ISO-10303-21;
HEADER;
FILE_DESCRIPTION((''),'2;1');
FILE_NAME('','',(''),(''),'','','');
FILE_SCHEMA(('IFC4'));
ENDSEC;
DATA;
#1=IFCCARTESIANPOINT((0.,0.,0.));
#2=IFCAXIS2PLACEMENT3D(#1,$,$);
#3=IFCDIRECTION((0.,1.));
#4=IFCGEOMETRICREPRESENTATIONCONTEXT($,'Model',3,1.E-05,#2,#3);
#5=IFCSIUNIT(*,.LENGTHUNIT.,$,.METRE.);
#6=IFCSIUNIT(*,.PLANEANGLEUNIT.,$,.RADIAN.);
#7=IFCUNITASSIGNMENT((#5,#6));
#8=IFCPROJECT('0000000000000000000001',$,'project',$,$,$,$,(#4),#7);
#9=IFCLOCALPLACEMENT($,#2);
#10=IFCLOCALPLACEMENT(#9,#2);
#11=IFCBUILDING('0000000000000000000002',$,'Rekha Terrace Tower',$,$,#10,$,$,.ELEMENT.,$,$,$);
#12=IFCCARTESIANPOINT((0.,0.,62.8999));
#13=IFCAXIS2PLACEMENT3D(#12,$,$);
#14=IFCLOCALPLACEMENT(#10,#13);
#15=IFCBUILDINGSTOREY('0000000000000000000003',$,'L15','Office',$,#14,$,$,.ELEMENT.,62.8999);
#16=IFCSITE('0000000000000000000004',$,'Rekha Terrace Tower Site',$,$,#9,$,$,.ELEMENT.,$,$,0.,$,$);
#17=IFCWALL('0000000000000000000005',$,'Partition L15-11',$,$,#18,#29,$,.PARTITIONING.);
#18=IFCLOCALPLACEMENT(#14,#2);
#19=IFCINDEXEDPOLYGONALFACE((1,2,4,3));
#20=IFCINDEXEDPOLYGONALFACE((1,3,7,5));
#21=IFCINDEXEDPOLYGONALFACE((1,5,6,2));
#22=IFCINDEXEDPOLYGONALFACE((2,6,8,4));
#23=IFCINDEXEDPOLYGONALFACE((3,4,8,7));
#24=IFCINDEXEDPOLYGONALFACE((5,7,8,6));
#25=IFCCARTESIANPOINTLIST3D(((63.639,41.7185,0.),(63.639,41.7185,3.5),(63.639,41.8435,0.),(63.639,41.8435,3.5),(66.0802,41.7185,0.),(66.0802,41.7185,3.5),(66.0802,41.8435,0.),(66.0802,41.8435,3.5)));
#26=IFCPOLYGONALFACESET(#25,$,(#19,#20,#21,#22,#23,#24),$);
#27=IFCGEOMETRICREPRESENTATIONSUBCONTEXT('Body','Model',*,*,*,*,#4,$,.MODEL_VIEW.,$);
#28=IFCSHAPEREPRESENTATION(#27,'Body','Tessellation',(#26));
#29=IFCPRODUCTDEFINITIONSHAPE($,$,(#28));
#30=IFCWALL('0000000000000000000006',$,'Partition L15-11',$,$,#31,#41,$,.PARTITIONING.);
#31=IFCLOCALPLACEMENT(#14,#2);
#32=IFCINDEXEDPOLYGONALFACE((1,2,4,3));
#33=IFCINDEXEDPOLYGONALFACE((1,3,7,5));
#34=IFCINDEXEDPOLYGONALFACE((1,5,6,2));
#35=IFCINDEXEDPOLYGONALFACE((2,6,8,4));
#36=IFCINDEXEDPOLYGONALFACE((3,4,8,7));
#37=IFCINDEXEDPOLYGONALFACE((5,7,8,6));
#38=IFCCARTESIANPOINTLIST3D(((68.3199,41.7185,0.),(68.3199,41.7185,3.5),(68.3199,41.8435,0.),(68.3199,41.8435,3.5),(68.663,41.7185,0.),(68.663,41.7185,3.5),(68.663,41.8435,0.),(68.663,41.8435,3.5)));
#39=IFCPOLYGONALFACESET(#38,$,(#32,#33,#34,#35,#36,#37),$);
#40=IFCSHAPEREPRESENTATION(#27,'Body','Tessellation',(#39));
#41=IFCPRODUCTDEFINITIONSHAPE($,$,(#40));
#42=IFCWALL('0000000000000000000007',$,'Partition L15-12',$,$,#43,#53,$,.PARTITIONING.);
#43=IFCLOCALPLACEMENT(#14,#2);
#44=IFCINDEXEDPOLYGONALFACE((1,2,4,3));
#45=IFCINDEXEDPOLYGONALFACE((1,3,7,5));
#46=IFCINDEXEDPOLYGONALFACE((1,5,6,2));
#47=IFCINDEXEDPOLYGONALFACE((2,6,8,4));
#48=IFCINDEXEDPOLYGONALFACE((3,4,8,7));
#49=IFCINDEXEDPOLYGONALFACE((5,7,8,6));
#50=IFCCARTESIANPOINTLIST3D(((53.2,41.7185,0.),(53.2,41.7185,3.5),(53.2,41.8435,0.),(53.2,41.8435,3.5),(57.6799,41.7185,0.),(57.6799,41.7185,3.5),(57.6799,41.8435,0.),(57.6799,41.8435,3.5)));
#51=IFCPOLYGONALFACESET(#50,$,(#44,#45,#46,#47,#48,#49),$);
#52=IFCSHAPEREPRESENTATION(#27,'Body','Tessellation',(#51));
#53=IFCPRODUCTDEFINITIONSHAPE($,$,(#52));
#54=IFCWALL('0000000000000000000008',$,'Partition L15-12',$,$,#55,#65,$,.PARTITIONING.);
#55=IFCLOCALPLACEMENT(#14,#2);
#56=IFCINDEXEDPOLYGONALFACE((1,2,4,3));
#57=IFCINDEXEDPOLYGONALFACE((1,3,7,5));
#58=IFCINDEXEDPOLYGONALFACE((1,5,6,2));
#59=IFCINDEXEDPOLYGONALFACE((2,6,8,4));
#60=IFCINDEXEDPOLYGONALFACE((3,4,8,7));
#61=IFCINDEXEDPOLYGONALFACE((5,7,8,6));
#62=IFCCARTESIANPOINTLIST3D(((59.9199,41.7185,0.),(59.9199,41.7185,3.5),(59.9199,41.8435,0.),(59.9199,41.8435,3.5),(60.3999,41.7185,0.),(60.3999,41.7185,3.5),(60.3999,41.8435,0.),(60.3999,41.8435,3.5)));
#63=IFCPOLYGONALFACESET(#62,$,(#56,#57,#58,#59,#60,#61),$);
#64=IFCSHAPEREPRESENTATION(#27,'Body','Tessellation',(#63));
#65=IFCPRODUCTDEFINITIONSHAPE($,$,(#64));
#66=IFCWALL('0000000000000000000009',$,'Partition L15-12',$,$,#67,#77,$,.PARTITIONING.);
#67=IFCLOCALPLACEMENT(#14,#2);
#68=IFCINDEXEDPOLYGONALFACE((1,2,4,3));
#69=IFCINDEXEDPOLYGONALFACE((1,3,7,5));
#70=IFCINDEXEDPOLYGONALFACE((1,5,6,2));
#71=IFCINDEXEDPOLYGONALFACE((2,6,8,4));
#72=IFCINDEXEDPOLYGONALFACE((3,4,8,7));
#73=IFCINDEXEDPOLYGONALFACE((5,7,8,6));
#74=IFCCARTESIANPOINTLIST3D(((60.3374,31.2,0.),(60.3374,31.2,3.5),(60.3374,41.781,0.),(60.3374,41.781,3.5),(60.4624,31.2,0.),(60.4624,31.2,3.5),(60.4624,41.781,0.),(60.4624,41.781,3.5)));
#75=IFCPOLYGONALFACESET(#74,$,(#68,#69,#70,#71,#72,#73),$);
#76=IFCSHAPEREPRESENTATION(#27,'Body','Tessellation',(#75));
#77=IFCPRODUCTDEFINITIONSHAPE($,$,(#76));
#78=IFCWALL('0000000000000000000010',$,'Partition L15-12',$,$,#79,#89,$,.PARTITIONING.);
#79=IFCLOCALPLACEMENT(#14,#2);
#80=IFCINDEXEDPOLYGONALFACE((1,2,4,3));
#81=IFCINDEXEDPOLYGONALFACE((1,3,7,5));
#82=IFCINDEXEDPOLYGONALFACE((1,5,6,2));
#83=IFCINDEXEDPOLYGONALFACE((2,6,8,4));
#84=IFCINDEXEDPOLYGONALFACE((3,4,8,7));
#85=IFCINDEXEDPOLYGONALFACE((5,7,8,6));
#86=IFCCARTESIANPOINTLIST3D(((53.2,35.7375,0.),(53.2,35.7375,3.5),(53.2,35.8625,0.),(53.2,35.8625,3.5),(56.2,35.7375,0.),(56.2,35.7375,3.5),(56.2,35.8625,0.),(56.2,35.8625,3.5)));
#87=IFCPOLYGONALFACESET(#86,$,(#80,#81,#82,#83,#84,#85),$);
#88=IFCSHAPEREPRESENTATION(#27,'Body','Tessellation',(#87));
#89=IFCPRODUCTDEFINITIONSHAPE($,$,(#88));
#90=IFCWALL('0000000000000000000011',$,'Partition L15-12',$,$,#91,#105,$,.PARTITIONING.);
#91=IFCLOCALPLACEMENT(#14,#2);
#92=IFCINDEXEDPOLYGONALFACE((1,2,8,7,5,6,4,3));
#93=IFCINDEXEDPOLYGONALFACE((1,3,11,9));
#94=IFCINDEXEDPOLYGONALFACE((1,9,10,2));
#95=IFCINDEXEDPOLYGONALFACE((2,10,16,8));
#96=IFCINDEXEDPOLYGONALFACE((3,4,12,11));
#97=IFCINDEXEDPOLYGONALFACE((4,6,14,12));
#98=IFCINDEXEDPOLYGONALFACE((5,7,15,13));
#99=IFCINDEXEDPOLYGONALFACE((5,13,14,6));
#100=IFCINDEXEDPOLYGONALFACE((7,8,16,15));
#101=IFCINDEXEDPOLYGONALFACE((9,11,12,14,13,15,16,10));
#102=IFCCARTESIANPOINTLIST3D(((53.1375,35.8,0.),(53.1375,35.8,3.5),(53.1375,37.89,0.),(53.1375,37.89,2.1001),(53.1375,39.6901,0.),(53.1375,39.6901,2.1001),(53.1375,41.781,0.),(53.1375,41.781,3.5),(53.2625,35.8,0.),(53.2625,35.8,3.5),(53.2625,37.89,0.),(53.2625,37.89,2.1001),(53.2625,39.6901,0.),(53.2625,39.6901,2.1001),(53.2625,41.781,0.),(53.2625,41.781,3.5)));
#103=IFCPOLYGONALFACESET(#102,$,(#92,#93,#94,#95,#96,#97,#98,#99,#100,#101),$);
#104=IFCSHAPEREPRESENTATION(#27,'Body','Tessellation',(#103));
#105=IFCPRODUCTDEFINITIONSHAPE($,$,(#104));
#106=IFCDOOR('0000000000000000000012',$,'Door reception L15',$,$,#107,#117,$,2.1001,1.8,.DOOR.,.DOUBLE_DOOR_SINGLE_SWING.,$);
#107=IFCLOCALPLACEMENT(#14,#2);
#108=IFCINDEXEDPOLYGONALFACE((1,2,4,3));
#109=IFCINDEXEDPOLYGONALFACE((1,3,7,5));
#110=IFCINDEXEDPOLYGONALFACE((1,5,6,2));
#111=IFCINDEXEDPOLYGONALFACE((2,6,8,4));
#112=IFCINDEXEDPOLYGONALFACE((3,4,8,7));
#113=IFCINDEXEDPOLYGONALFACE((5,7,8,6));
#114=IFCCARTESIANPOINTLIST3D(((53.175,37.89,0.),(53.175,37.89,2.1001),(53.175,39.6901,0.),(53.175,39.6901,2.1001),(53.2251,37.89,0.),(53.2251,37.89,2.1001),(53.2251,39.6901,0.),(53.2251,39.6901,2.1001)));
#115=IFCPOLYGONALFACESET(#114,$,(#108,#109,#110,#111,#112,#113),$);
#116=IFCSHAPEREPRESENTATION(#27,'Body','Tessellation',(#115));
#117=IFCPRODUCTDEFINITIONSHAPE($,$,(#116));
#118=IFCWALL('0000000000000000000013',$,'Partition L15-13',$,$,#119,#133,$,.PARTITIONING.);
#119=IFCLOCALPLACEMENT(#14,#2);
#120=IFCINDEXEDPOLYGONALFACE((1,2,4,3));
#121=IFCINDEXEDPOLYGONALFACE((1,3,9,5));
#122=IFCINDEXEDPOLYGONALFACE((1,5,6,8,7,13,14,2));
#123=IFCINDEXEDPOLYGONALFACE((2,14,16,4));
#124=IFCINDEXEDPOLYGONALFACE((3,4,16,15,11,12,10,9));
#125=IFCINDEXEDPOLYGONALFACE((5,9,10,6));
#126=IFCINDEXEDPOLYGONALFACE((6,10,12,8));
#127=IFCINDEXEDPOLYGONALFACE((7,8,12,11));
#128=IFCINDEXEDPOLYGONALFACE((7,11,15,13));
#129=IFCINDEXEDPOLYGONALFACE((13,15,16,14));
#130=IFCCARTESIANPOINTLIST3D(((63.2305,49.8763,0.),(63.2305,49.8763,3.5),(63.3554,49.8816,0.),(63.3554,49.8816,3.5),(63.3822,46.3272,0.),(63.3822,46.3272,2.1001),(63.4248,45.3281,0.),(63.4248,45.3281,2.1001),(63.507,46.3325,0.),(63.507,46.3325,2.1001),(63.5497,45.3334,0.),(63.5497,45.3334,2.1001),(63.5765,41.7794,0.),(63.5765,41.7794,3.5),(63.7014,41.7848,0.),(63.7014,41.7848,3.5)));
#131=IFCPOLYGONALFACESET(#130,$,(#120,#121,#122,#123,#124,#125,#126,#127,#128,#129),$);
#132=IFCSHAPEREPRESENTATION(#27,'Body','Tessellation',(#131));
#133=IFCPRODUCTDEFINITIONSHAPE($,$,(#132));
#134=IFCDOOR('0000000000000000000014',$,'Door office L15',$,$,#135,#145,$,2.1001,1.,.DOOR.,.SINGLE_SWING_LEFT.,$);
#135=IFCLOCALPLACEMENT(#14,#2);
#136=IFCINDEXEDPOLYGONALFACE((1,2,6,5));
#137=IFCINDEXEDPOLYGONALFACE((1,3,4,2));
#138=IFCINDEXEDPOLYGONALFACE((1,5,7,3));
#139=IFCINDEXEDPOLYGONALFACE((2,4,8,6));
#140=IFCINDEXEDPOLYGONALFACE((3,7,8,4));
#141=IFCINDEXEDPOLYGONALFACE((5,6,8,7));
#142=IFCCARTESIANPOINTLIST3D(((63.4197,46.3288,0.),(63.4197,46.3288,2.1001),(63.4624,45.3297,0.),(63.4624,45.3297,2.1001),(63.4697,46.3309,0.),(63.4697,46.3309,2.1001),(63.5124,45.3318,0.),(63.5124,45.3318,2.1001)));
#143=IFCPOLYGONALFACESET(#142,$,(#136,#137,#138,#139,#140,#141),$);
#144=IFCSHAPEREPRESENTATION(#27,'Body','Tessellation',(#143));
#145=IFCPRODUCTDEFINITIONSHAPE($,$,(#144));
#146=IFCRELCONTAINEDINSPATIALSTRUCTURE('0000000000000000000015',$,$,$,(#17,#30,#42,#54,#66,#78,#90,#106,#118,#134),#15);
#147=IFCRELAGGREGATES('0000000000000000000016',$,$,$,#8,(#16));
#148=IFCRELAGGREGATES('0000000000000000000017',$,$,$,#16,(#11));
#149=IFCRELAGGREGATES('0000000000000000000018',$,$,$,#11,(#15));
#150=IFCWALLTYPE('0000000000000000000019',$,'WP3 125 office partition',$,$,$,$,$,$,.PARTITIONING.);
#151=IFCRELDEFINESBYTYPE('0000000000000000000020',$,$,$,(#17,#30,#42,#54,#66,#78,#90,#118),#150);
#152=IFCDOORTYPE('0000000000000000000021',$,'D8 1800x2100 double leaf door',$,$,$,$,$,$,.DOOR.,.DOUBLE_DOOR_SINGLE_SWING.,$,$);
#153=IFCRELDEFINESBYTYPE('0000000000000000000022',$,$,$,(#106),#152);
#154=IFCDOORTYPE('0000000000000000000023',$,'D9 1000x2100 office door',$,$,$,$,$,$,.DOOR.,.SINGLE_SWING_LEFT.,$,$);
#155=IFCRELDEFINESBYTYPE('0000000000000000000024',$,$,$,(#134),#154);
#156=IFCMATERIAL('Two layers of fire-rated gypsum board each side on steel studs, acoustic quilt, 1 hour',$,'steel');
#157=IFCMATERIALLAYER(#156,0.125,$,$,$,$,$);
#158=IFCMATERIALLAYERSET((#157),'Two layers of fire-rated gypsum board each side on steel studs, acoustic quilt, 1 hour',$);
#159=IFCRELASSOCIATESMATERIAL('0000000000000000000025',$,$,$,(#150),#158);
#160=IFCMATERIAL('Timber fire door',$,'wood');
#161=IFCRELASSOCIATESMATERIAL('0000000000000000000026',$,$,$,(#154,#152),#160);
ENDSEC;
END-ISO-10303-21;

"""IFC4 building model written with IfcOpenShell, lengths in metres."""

from ifc_helpers import new_model, si_unit, direction, frame, frame_2d, origin, place, context, subcontext, project, spatial, rectangle, extrude, material, layer, layer_set, type_object, element, fill, save


model = new_model("IFC4")

# Units and contexts
model_context = context("Model", 3, precision=1e-05, world=origin(), true_north=direction((0.0, 1.0)))
body_context = subcontext(model_context, "Body", "Model", "MODEL_VIEW")
ifc_project = project(units=[si_unit("LENGTHUNIT", "METRE"), si_unit("PLANEANGLEUNIT", "RADIAN")], contexts=[model_context])

# Site, building, storey
site_placement = place(None, origin())
site = spatial("IfcSite", under=ifc_project, at=site_placement, Name="Rekha Terrace Tower Site", CompositionType="ELEMENT", RefElevation=0.0)
building_placement = place(site_placement, origin())
building = spatial("IfcBuilding", under=site, at=building_placement, Name="Rekha Terrace Tower", CompositionType="ELEMENT")
storey_placement = place(building_placement, frame((0.0, 0.0, 62.8999)))
storey = spatial("IfcBuildingStorey", under=building, at=storey_placement, Name="L15", Description="Office", CompositionType="ELEMENT", Elevation=62.8999)

# Shared definitions
ifc_material_1 = material(Name="Two layers of fire-rated gypsum board each side on steel studs, acoustic quilt, 1 hour", Category="steel")
ifc_layer_1 = layer(ifc_material_1, 0.125)
ifc_layer_set_1 = layer_set([ifc_layer_1], Name="Two layers of fire-rated gypsum board each side on steel studs, acoustic quilt, 1 hour")
wall_type_1 = type_object("IfcWallType", Name="WP3 125 office partition", PredefinedType="PARTITIONING", material=ifc_layer_set_1)
ifc_material_2 = material(Name="Timber fire door", Category="wood")
door_type_1 = type_object("IfcDoorType", Name="D9 1000x2100 office door", OperationType="SINGLE_SWING_LEFT", PredefinedType="DOOR", material=ifc_material_2)

# Walls
wall_1_placement = place(storey_placement, frame((63.6389, 41.781, 0.0), z_axis=(0.0, 0.0, 1.0), x_axis=(1.0, 0.0, 0.0)))
element("IfcWall", 1, at=wall_1_placement, inside=storey, type_object=wall_type_1, Name="Partition L15-11", PredefinedType="PARTITIONING", context=body_context, shape_type="SweptSolid", body=[
    extrude(rectangle(XDim=2.4412, YDim=0.125, at=frame_2d((1.2207, 0.0))), origin(), (0.0, 0.0, 1.0), 3.5),
])
wall_2_placement = place(storey_placement, frame((68.3201, 41.781, 0.0), z_axis=(0.0, 0.0, 1.0), x_axis=(1.0, 0.0, 0.0)))
element("IfcWall", 2, at=wall_2_placement, inside=storey, type_object=wall_type_1, Name="Partition L15-11", PredefinedType="PARTITIONING", context=body_context, shape_type="SweptSolid", body=[
    extrude(rectangle(XDim=0.343, YDim=0.125, at=frame_2d((0.1714, 0.0))), origin(), (0.0, 0.0, 1.0), 3.5),
])
wall_3_placement = place(storey_placement, frame((53.2, 41.781, 0.0), z_axis=(0.0, 0.0, 1.0), x_axis=(1.0, 0.0, 0.0)))
element("IfcWall", 3, at=wall_3_placement, inside=storey, type_object=wall_type_1, Name="Partition L15-12", PredefinedType="PARTITIONING", context=body_context, shape_type="SweptSolid", body=[
    extrude(rectangle(XDim=4.48, YDim=0.125, at=frame_2d((2.24, 0.0))), origin(), (0.0, 0.0, 1.0), 3.5),
])
wall_4_placement = place(storey_placement, frame((59.9199, 41.781, 0.0), z_axis=(0.0, 0.0, 1.0), x_axis=(1.0, 0.0, 0.0)))
element("IfcWall", 4, at=wall_4_placement, inside=storey, type_object=wall_type_1, Name="Partition L15-12", PredefinedType="PARTITIONING", context=body_context, shape_type="SweptSolid", body=[
    extrude(rectangle(XDim=0.48, YDim=0.125, at=frame_2d((0.24, 0.0))), origin(), (0.0, 0.0, 1.0), 3.5),
])
wall_5_placement = place(storey_placement, frame((60.3999, 41.781, 0.0), z_axis=(0.0, 0.0, 1.0), x_axis=(0.0, -1.0, 0.0)))
element("IfcWall", 5, at=wall_5_placement, inside=storey, type_object=wall_type_1, Name="Partition L15-12", PredefinedType="PARTITIONING", context=body_context, shape_type="SweptSolid", body=[
    extrude(rectangle(XDim=10.5811, YDim=0.125, at=frame_2d((5.2905, 0.0))), origin(), (0.0, 0.0, 1.0), 3.5),
])
wall_6_placement = place(storey_placement, frame((56.2, 35.8, 0.0), z_axis=(0.0, 0.0, 1.0), x_axis=(-1.0, 0.0, 0.0)))
element("IfcWall", 6, at=wall_6_placement, inside=storey, type_object=wall_type_1, Name="Partition L15-12", PredefinedType="PARTITIONING", context=body_context, shape_type="SweptSolid", body=[
    extrude(rectangle(XDim=3.0, YDim=0.125, at=frame_2d((1.5, 0.0))), origin(), (0.0, 0.0, 1.0), 3.5),
])

# Walls, openings, doors
wall_7_placement = place(storey_placement, frame((53.2, 35.8, 0.0), z_axis=(0.0, 0.0, 1.0), x_axis=(0.0, 1.0, 0.0)))
wall_7 = element("IfcWall", 7, at=wall_7_placement, inside=storey, type_object=wall_type_1, Name="Partition L15-12", PredefinedType="PARTITIONING", context=body_context, shape_type="SweptSolid", body=[
    extrude(rectangle(XDim=5.981, YDim=0.125, at=frame_2d((2.9905, 0.0))), origin(), (0.0, 0.0, 1.0), 3.5),
])
opening_1_placement = place(wall_7_placement, frame((2.0901, 0.0, 0.0)))
opening_1 = element("IfcOpeningElement", 8, at=opening_1_placement, cuts=wall_7, PredefinedType="OPENING", context=body_context, shape_type="SweptSolid", body=[
    extrude(rectangle(XDim=1.8, YDim=2.1001, at=frame_2d((0.8999, 1.05))), frame((0.0, 0.0725, 0.0), z_axis=(0.0, -1.0, 0.0), x_axis=(1.0, 0.0, 0.0)), (0.0, 0.0, 1.0), 0.145),
])
door_type_2 = type_object("IfcDoorType", Name="D8 1800x2100 double leaf door", OperationType="DOUBLE_DOOR_SINGLE_SWING", PredefinedType="DOOR", material=ifc_material_2)
door_1_placement = place(opening_1_placement, origin())
door_1 = element("IfcDoor", 9, at=door_1_placement, inside=storey, type_object=door_type_2, Name="Door reception L15", OperationType="DOUBLE_DOOR_SINGLE_SWING", OverallHeight=2.1001, OverallWidth=1.8, PredefinedType="DOOR", context=body_context, shape_type="SweptSolid", body=[
    extrude(rectangle(XDim=1.8, YDim=2.1001, at=frame_2d((0.8999, 1.05))), frame((0.0, 0.0249, 0.0), z_axis=(0.0, -1.0, 0.0), x_axis=(1.0, 0.0, 0.0)), (0.0, 0.0, 1.0), 0.05),
])
fill(opening_1, door_1)
wall_8_placement = place(storey_placement, frame((63.6389, 41.782, 0.0), z_axis=(0.0, 0.0, 1.0), x_axis=(-0.042687, 0.999089, 0.0)))
wall_8 = element("IfcWall", 10, at=wall_8_placement, inside=storey, type_object=wall_type_1, Name="Partition L15-13", PredefinedType="PARTITIONING", context=body_context, shape_type="SweptSolid", body=[
    extrude(rectangle(XDim=8.1042, YDim=0.125, at=frame_2d((4.0522, 0.0))), origin(), (0.0, 0.0, 1.0), 3.5),
])
opening_2_placement = place(wall_8_placement, frame((3.552, 0.0, 0.0)))
opening_2 = element("IfcOpeningElement", 11, at=opening_2_placement, cuts=wall_8, PredefinedType="OPENING", context=body_context, shape_type="SweptSolid", body=[
    extrude(rectangle(XDim=1.0, YDim=2.1001, at=frame_2d((0.5, 1.05))), frame((0.0, 0.0725, 0.0), z_axis=(0.0, -1.0, 0.0), x_axis=(1.0, 0.0, 0.0)), (0.0, 0.0, 1.0), 0.145),
])
door_2_placement = place(opening_2_placement, origin())
door_2 = element("IfcDoor", 12, at=door_2_placement, inside=storey, type_object=door_type_1, Name="Door office L15", OperationType="SINGLE_SWING_LEFT", OverallHeight=2.1001, OverallWidth=1.0, PredefinedType="DOOR", context=body_context, shape_type="SweptSolid", body=[
    extrude(rectangle(XDim=1.0, YDim=2.1001, at=frame_2d((0.5, 1.05))), frame((0.0, 0.0249, 0.0), z_axis=(0.0, -1.0, 0.0), x_axis=(1.0, 0.0, 0.0)), (0.0, 0.0, 1.0), 0.05),
])
fill(opening_2, door_2)

save(model, "model.ifc")
